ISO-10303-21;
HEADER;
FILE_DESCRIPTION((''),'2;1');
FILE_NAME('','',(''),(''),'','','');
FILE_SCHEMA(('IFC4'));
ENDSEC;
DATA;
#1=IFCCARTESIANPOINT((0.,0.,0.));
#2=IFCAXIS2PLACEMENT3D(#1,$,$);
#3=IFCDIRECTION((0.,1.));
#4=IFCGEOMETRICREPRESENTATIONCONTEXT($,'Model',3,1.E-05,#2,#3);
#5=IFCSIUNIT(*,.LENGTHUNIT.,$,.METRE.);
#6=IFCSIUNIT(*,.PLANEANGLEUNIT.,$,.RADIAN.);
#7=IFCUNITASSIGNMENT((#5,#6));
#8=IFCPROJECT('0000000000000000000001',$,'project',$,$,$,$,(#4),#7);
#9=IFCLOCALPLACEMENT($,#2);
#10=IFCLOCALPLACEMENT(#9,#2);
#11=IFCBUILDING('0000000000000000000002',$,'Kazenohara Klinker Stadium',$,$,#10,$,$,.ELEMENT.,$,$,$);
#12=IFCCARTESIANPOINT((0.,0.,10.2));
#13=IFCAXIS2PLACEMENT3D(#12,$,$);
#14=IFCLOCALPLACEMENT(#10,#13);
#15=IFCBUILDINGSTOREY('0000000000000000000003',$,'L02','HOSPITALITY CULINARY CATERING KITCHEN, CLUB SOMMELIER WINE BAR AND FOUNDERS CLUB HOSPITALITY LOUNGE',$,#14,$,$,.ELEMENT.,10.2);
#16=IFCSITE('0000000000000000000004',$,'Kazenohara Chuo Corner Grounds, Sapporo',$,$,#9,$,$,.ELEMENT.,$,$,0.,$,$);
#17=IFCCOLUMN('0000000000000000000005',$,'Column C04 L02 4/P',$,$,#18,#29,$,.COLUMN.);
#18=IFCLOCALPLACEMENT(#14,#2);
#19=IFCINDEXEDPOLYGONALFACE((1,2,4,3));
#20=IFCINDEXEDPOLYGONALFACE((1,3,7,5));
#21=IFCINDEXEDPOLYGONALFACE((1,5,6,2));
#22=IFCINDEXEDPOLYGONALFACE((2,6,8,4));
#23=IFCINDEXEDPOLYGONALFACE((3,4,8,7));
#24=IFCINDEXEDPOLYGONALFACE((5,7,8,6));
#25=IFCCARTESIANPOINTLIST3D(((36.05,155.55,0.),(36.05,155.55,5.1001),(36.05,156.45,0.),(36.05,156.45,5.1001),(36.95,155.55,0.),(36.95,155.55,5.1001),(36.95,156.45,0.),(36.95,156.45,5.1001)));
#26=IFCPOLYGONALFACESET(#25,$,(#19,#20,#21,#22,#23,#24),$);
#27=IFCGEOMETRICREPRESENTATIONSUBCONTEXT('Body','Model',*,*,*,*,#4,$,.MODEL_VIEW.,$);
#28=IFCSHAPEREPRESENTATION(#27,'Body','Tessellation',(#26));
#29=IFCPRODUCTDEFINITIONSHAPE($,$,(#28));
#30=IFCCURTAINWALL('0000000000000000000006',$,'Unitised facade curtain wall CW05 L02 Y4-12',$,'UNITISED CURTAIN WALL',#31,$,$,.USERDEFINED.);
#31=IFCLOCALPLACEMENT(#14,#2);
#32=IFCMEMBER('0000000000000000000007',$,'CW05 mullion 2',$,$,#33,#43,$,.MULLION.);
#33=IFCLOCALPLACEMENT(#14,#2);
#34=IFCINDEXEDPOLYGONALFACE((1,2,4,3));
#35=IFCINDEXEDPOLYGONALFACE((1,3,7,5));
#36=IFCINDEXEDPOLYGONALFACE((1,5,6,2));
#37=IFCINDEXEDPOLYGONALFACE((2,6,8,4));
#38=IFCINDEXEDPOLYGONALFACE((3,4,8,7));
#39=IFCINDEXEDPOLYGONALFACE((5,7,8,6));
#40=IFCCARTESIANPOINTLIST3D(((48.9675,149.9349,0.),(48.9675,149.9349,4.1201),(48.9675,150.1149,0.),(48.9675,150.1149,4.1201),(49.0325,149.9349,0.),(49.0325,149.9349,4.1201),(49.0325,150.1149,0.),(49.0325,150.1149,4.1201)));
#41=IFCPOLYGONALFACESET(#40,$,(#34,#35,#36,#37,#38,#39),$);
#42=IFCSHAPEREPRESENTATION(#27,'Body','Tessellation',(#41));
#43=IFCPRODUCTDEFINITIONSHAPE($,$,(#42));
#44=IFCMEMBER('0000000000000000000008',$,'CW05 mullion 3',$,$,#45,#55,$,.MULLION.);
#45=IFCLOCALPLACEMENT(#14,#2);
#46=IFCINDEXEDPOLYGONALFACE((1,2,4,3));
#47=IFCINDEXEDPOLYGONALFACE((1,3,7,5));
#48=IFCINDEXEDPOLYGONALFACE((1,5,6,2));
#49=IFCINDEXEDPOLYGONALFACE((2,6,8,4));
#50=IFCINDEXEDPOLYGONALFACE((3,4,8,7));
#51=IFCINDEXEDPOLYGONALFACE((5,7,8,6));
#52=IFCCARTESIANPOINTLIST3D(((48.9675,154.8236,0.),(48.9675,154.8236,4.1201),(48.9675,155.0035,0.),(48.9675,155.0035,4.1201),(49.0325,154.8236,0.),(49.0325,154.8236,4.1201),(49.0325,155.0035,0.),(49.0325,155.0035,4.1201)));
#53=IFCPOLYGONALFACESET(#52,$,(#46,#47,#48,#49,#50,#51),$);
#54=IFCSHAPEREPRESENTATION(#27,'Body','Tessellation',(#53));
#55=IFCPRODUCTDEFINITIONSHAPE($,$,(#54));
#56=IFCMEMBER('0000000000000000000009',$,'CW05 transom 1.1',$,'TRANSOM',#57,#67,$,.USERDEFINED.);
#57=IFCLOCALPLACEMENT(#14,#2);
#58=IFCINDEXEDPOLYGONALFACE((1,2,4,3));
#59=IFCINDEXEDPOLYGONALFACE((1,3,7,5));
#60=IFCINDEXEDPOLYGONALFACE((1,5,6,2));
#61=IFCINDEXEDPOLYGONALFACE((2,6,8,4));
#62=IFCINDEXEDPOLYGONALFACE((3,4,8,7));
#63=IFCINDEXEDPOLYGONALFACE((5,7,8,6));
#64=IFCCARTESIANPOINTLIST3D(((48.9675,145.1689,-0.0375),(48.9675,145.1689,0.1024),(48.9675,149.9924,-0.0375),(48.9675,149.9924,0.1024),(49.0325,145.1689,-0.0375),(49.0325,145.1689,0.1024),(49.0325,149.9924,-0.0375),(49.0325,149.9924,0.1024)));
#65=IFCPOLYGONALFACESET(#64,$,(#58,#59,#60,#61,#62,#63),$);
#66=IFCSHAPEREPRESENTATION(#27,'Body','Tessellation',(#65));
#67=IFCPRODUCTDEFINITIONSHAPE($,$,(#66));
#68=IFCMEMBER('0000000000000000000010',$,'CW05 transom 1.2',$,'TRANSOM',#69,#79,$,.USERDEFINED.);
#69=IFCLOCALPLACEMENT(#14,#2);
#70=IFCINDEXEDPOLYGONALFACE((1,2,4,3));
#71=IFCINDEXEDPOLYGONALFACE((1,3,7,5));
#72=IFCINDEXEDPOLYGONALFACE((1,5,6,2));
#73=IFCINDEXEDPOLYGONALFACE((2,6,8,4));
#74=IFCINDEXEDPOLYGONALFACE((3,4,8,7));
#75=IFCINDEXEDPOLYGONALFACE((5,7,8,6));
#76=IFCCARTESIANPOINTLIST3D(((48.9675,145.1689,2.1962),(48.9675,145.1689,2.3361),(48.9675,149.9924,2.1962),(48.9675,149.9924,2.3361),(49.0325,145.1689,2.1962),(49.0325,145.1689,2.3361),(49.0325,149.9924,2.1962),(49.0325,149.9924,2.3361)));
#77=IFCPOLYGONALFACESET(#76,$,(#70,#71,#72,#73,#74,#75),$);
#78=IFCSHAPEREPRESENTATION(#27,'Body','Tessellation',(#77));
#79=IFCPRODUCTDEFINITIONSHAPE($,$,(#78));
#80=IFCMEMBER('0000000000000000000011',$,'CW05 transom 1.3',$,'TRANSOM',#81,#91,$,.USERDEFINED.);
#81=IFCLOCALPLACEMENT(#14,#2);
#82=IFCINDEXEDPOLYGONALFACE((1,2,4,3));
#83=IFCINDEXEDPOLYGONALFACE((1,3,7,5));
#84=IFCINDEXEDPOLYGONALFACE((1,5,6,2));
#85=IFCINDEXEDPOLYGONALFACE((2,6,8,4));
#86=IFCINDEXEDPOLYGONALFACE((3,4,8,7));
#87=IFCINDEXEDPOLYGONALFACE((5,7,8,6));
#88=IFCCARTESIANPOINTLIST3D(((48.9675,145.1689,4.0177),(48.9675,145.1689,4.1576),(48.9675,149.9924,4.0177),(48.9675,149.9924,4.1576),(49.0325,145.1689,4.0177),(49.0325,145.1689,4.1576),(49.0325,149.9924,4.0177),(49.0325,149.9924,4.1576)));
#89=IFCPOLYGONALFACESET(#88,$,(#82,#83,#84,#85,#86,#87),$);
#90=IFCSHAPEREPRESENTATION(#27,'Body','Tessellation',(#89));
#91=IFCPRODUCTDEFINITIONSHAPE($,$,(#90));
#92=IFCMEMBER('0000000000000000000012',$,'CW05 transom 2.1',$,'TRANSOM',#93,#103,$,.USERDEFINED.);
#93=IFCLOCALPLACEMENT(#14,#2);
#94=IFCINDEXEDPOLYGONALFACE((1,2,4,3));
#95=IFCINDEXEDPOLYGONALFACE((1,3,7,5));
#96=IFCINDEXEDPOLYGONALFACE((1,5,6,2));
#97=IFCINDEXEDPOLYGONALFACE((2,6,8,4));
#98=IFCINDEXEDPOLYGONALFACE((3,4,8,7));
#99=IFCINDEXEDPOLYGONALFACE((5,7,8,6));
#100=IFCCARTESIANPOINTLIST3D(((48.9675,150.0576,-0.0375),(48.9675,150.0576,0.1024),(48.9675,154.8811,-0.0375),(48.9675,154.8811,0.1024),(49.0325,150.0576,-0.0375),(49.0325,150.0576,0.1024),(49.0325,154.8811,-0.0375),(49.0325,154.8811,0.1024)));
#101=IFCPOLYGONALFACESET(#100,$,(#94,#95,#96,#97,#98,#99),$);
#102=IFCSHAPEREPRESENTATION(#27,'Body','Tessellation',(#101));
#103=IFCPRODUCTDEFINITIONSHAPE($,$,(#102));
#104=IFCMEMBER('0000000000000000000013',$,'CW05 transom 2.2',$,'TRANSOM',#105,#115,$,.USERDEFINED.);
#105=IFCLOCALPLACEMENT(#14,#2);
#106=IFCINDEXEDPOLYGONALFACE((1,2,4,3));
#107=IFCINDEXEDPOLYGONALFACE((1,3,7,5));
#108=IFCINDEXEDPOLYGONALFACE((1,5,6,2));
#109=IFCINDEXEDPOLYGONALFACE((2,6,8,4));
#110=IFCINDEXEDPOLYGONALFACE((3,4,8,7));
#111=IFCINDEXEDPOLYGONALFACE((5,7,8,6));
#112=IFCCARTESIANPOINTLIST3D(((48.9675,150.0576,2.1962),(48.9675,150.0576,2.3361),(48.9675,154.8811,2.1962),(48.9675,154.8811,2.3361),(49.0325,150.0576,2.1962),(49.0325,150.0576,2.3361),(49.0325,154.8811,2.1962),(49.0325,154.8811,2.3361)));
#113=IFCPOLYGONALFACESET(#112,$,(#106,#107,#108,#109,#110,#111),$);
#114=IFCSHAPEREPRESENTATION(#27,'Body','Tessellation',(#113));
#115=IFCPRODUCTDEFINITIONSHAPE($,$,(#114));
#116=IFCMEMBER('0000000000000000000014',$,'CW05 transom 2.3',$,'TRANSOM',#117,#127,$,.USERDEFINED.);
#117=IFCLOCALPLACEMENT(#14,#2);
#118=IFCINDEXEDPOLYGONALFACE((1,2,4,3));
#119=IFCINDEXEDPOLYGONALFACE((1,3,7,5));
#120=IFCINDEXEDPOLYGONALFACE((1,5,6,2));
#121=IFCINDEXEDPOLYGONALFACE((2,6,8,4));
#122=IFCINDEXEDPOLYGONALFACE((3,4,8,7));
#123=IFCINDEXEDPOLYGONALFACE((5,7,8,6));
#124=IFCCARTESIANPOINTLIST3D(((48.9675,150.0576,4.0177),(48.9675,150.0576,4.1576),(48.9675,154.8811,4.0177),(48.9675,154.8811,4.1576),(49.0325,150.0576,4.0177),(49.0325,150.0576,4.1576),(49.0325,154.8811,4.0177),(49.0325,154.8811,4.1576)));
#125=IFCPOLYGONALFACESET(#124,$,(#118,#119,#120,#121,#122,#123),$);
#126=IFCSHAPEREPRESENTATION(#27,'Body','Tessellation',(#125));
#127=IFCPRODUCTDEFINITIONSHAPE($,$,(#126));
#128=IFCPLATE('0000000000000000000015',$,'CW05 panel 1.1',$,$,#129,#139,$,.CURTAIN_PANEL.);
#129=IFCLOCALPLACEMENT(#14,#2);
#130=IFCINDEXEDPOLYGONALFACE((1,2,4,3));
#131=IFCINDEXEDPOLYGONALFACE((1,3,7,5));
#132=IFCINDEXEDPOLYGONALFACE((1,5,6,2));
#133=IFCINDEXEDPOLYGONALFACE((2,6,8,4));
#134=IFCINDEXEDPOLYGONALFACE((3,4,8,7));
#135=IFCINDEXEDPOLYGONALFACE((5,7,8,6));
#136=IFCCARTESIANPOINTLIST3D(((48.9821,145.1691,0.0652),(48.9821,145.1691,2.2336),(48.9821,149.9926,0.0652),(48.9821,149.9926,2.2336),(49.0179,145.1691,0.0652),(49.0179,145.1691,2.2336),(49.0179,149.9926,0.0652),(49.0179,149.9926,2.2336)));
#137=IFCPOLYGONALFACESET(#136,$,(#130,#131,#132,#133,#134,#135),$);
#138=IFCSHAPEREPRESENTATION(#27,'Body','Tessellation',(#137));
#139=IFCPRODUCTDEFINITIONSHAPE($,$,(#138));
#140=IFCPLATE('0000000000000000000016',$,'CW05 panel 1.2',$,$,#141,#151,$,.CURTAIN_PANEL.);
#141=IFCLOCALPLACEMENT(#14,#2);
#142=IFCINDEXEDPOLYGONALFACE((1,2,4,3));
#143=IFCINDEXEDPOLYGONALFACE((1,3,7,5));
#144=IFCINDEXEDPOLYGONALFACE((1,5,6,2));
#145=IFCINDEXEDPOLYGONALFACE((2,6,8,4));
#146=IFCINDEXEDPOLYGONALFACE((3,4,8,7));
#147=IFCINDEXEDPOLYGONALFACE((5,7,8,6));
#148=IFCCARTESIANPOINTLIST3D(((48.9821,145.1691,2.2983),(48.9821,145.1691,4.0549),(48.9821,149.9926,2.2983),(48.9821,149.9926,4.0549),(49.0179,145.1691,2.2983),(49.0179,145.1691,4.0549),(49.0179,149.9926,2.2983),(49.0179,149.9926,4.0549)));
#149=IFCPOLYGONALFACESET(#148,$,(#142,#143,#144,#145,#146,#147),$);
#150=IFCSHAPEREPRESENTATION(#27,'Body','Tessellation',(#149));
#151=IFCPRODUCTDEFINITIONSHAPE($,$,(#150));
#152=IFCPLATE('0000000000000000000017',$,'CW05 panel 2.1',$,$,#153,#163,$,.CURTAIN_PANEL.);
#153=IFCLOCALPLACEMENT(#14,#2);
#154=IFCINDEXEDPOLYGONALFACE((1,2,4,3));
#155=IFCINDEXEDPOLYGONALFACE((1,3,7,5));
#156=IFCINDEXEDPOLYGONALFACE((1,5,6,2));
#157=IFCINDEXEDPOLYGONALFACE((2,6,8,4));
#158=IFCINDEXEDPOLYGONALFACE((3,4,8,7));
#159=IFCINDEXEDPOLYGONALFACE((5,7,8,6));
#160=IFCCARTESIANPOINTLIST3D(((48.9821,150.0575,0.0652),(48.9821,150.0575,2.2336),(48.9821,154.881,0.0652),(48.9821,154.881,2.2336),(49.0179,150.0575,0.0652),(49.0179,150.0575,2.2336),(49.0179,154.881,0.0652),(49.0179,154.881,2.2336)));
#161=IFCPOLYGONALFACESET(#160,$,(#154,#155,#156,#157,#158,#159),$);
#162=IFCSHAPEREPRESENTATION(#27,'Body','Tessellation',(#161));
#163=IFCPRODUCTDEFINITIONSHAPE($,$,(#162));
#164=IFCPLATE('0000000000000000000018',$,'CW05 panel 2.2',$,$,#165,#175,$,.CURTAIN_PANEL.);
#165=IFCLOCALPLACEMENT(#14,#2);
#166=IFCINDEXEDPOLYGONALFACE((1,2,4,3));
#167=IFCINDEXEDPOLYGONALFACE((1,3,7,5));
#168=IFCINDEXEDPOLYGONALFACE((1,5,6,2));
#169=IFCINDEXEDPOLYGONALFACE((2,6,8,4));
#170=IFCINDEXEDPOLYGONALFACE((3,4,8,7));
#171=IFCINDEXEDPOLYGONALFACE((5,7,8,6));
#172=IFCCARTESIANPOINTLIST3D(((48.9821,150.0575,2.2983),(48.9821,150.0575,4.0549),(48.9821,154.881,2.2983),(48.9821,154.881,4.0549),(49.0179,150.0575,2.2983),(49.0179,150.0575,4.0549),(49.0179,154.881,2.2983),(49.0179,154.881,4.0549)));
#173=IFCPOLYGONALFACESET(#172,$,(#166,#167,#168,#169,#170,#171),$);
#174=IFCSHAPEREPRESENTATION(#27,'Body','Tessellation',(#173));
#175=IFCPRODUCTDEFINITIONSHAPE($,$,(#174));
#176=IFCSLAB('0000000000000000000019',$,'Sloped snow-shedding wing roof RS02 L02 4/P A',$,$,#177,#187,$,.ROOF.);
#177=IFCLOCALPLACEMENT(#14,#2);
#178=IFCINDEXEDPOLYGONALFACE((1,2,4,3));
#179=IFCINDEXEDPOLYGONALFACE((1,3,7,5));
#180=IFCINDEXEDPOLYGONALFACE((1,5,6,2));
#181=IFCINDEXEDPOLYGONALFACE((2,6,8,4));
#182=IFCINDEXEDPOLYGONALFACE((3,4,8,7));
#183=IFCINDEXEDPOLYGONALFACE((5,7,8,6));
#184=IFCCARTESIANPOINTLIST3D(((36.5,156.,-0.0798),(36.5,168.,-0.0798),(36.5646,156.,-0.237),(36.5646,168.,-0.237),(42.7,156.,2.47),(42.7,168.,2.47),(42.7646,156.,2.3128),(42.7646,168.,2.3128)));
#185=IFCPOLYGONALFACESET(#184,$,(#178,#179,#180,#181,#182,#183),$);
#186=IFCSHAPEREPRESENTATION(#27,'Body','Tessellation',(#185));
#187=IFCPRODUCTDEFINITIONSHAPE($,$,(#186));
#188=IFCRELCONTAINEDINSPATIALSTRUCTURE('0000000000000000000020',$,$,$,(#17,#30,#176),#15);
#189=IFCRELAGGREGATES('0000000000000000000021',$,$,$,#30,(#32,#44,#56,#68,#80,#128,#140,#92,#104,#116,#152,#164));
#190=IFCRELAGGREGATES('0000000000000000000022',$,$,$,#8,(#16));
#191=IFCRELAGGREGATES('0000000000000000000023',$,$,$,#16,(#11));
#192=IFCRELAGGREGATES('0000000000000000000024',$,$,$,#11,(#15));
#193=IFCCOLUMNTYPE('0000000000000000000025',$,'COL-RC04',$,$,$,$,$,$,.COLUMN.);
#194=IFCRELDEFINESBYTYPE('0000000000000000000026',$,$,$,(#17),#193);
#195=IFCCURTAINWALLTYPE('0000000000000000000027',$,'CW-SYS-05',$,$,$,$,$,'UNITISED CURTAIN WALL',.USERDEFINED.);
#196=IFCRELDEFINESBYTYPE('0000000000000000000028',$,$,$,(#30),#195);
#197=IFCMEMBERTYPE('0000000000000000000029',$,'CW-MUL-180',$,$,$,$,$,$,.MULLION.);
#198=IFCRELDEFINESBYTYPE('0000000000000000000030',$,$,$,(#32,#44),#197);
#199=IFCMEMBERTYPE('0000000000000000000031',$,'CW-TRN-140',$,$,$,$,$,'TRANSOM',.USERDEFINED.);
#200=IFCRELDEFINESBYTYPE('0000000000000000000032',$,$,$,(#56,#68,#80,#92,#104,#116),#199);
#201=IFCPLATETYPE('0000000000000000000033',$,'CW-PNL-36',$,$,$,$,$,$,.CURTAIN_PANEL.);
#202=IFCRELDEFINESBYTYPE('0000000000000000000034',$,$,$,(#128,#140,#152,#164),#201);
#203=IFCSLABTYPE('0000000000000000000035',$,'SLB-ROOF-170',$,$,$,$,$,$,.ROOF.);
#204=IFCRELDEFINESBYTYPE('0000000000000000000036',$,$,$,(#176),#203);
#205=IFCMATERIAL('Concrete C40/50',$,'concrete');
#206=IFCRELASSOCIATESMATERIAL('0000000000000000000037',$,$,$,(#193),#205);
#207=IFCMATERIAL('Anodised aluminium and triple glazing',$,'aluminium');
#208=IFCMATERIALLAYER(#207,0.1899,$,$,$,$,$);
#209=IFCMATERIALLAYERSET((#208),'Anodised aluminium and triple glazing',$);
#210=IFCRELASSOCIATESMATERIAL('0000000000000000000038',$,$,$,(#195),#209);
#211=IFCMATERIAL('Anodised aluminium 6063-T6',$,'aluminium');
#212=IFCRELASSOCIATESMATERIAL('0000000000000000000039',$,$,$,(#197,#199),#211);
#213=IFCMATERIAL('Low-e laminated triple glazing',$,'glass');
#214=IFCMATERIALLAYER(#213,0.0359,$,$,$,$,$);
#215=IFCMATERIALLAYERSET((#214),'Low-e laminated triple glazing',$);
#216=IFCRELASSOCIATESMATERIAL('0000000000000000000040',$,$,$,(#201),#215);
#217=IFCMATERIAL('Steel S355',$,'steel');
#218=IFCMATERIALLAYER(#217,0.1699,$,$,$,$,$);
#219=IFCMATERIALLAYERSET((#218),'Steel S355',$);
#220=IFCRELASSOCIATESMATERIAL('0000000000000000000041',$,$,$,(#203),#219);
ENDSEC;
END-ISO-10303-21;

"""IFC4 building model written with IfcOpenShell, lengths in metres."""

from ifc_helpers import new_model, si_unit, direction, frame, origin, origin_2d, place, context, subcontext, project, spatial, polyline, rectangle, outline, extrude, material, layer, layer_set, material_profile, profile_set, type_object, element, aggregate, save


model = new_model("IFC4")

# Units and contexts
model_context = context("Model", 3, precision=1e-05, world=origin(), true_north=direction((0.0, 1.0)))
body_context = subcontext(model_context, "Body", "Model", "MODEL_VIEW")
ifc_project = project(units=[si_unit("LENGTHUNIT", "METRE"), si_unit("PLANEANGLEUNIT", "RADIAN")], contexts=[model_context])

# Site, building, storey
site_placement = place(None, origin())
site = spatial("IfcSite", under=ifc_project, at=site_placement, Name="Kazenohara Chuo Corner Grounds, Sapporo", CompositionType="ELEMENT", RefElevation=0.0)
building_placement = place(site_placement, origin())
building = spatial("IfcBuilding", under=site, at=building_placement, Name="Kazenohara Klinker Stadium", CompositionType="ELEMENT")
storey_placement = place(building_placement, frame((0.0, 0.0, 10.2)))
storey = spatial("IfcBuildingStorey", under=building, at=storey_placement, Name="L02", Description="HOSPITALITY CULINARY CATERING KITCHEN, CLUB SOMMELIER WINE BAR AND FOUNDERS CLUB HOSPITALITY LOUNGE", CompositionType="ELEMENT", Elevation=10.2)

# Column
ifc_material_1 = material(Name="Concrete C40/50", Category="concrete")
ifc_material_profile_1 = material_profile(ifc_material_1, rectangle(XDim=0.8999, YDim=0.8999, at=origin_2d()), Name="RC-COL-900x900")
ifc_profile_set_1 = profile_set([ifc_material_profile_1], Name="Concrete C40/50")
column_type = type_object("IfcColumnType", Name="COL-RC04", PredefinedType="COLUMN", material=ifc_profile_set_1)
column_placement = place(storey_placement, frame((36.5, 156.0, 0.0), z_axis=(0.0, 0.0, 1.0), x_axis=(1.0, 0.0, 0.0)))
element("IfcColumn", 1, at=column_placement, inside=storey, type_object=column_type, Name="Column C04 L02 4/P", PredefinedType="COLUMN", context=body_context, shape_type="SweptSolid", body=[
    extrude(rectangle(XDim=0.8999, YDim=0.8999, at=origin_2d()), origin(), (0.0, 0.0, 1.0), 5.1001),
])

# Curtain wall, members, plates
ifc_material_2 = material(Name="Anodised aluminium and triple glazing", Category="aluminium")
ifc_layer_1 = layer(ifc_material_2, 0.1899)
ifc_layer_set_1 = layer_set([ifc_layer_1], Name="Anodised aluminium and triple glazing")
curtain_wall_type = type_object("IfcCurtainWallType", Name="CW-SYS-05", ElementType="UNITISED CURTAIN WALL", PredefinedType="USERDEFINED", material=ifc_layer_set_1)
curtain_wall_placement = place(storey_placement, origin())
curtain_wall = element("IfcCurtainWall", 2, at=curtain_wall_placement, inside=storey, type_object=curtain_wall_type, Name="Unitised facade curtain wall CW05 L02 Y4-12", ObjectType="UNITISED CURTAIN WALL", PredefinedType="USERDEFINED")
ifc_material_3 = material(Name="Anodised aluminium 6063-T6", Category="aluminium")
ifc_material_profile_2 = material_profile(ifc_material_3, rectangle(XDim=0.0649, YDim=0.1799, at=origin_2d()), Name="ALU-MUL-65x180")
ifc_profile_set_2 = profile_set([ifc_material_profile_2], Name="Anodised aluminium 6063-T6")
member_type_1 = type_object("IfcMemberType", Name="CW-MUL-180", PredefinedType="MULLION", material=ifc_profile_set_2)
member_1_placement = place(storey_placement, frame((49.0, 150.0249, 0.0), z_axis=(0.0, 0.0, 1.0), x_axis=(-1.0, 0.0, 0.0)))
member_1 = element("IfcMember", 3, at=member_1_placement, type_object=member_type_1, Name="CW05 mullion 2", PredefinedType="MULLION", context=body_context, shape_type="SweptSolid", body=[
    extrude(rectangle(XDim=0.0649, YDim=0.1799, at=origin_2d()), origin(), (0.0, 0.0, 1.0), 4.1201),
])
member_2_placement = place(storey_placement, frame((49.0, 154.9136, 0.0), z_axis=(0.0, 0.0, 1.0), x_axis=(-1.0, 0.0, 0.0)))
member_2 = element("IfcMember", 4, at=member_2_placement, type_object=member_type_1, Name="CW05 mullion 3", PredefinedType="MULLION", context=body_context, shape_type="SweptSolid", body=[
    extrude(rectangle(XDim=0.0649, YDim=0.1799, at=origin_2d()), origin(), (0.0, 0.0, 1.0), 4.1201),
])
ifc_material_profile_3 = material_profile(ifc_material_3, rectangle(XDim=0.0649, YDim=0.1399, at=origin_2d()), Name="ALU-TRN-65x140")
ifc_profile_set_3 = profile_set([ifc_material_profile_3], Name="Anodised aluminium 6063-T6")
member_type_2 = type_object("IfcMemberType", Name="CW-TRN-140", ElementType="TRANSOM", PredefinedType="USERDEFINED", material=ifc_profile_set_3)
member_3_placement = place(storey_placement, frame((49.0, 145.1689, 0.0325), z_axis=(0.0, 1.0, 0.0), x_axis=(-1.0, 0.0, 0.0)))
member_3 = element("IfcMember", 5, at=member_3_placement, type_object=member_type_2, Name="CW05 transom 1.1", ObjectType="TRANSOM", PredefinedType="USERDEFINED", context=body_context, shape_type="SweptSolid", body=[
    extrude(rectangle(XDim=0.0649, YDim=0.1399, at=origin_2d()), origin(), (0.0, 0.0, 1.0), 4.8235),
])
member_4_placement = place(storey_placement, frame((49.0, 145.1689, 2.2661), z_axis=(0.0, 1.0, 0.0), x_axis=(-1.0, 0.0, 0.0)))
member_4 = element("IfcMember", 6, at=member_4_placement, type_object=member_type_2, Name="CW05 transom 1.2", ObjectType="TRANSOM", PredefinedType="USERDEFINED", context=body_context, shape_type="SweptSolid", body=[
    extrude(rectangle(XDim=0.0649, YDim=0.1399, at=origin_2d()), origin(), (0.0, 0.0, 1.0), 4.8235),
])
member_5_placement = place(storey_placement, frame((49.0, 145.1689, 4.0876), z_axis=(0.0, 1.0, 0.0), x_axis=(-1.0, 0.0, 0.0)))
member_5 = element("IfcMember", 7, at=member_5_placement, type_object=member_type_2, Name="CW05 transom 1.3", ObjectType="TRANSOM", PredefinedType="USERDEFINED", context=body_context, shape_type="SweptSolid", body=[
    extrude(rectangle(XDim=0.0649, YDim=0.1399, at=origin_2d()), origin(), (0.0, 0.0, 1.0), 4.8235),
])
member_6_placement = place(storey_placement, frame((49.0, 150.0576, 0.0325), z_axis=(0.0, 1.0, 0.0), x_axis=(-1.0, 0.0, 0.0)))
member_6 = element("IfcMember", 8, at=member_6_placement, type_object=member_type_2, Name="CW05 transom 2.1", ObjectType="TRANSOM", PredefinedType="USERDEFINED", context=body_context, shape_type="SweptSolid", body=[
    extrude(rectangle(XDim=0.0649, YDim=0.1399, at=origin_2d()), origin(), (0.0, 0.0, 1.0), 4.8235),
])
member_7_placement = place(storey_placement, frame((49.0, 150.0576, 2.2661), z_axis=(0.0, 1.0, 0.0), x_axis=(-1.0, 0.0, 0.0)))
member_7 = element("IfcMember", 9, at=member_7_placement, type_object=member_type_2, Name="CW05 transom 2.2", ObjectType="TRANSOM", PredefinedType="USERDEFINED", context=body_context, shape_type="SweptSolid", body=[
    extrude(rectangle(XDim=0.0649, YDim=0.1399, at=origin_2d()), origin(), (0.0, 0.0, 1.0), 4.8235),
])
member_8_placement = place(storey_placement, frame((49.0, 150.0576, 4.0876), z_axis=(0.0, 1.0, 0.0), x_axis=(-1.0, 0.0, 0.0)))
member_8 = element("IfcMember", 10, at=member_8_placement, type_object=member_type_2, Name="CW05 transom 2.3", ObjectType="TRANSOM", PredefinedType="USERDEFINED", context=body_context, shape_type="SweptSolid", body=[
    extrude(rectangle(XDim=0.0649, YDim=0.1399, at=origin_2d()), origin(), (0.0, 0.0, 1.0), 4.8235),
])
ifc_material_4 = material(Name="Low-e laminated triple glazing", Category="glass")
ifc_layer_2 = layer(ifc_material_4, 0.0359)
ifc_layer_set_2 = layer_set([ifc_layer_2], Name="Low-e laminated triple glazing")
plate_type = type_object("IfcPlateType", Name="CW-PNL-36", PredefinedType="CURTAIN_PANEL", material=ifc_layer_set_2)
plate_1_placement = place(storey_placement, frame((49.0, 147.5808, 0.0652), z_axis=(0.0, 0.0, 1.0), x_axis=(0.0, 1.0, 0.0)))
plate_1 = element("IfcPlate", 11, at=plate_1_placement, type_object=plate_type, Name="CW05 panel 1.1", PredefinedType="CURTAIN_PANEL", context=body_context, shape_type="SweptSolid", body=[
    extrude(rectangle(XDim=4.8235, YDim=0.0359, at=origin_2d()), origin(), (0.0, 0.0, 1.0), 2.1685),
])
plate_2_placement = place(storey_placement, frame((49.0, 147.5808, 2.2983), z_axis=(0.0, 0.0, 1.0), x_axis=(0.0, 1.0, 0.0)))
plate_2 = element("IfcPlate", 12, at=plate_2_placement, type_object=plate_type, Name="CW05 panel 1.2", PredefinedType="CURTAIN_PANEL", context=body_context, shape_type="SweptSolid", body=[
    extrude(rectangle(XDim=4.8235, YDim=0.0359, at=origin_2d()), origin(), (0.0, 0.0, 1.0), 1.7566),
])
plate_3_placement = place(storey_placement, frame((49.0, 152.4692, 0.0652), z_axis=(0.0, 0.0, 1.0), x_axis=(0.0, 1.0, 0.0)))
plate_3 = element("IfcPlate", 13, at=plate_3_placement, type_object=plate_type, Name="CW05 panel 2.1", PredefinedType="CURTAIN_PANEL", context=body_context, shape_type="SweptSolid", body=[
    extrude(rectangle(XDim=4.8235, YDim=0.0359, at=origin_2d()), origin(), (0.0, 0.0, 1.0), 2.1685),
])
plate_4_placement = place(storey_placement, frame((49.0, 152.4692, 2.2983), z_axis=(0.0, 0.0, 1.0), x_axis=(0.0, 1.0, 0.0)))
plate_4 = element("IfcPlate", 14, at=plate_4_placement, type_object=plate_type, Name="CW05 panel 2.2", PredefinedType="CURTAIN_PANEL", context=body_context, shape_type="SweptSolid", body=[
    extrude(rectangle(XDim=4.8235, YDim=0.0359, at=origin_2d()), origin(), (0.0, 0.0, 1.0), 1.7566),
])
aggregate(curtain_wall, [member_1, member_2, member_3, member_4, member_5, plate_1, plate_2, member_6, member_7, member_8, plate_3, plate_4])

# Slab
ifc_material_5 = material(Name="Steel S355", Category="steel")
ifc_layer_3 = layer(ifc_material_5, 0.1699)
ifc_layer_set_3 = layer_set([ifc_layer_3], Name="Steel S355")
slab_type = type_object("IfcSlabType", Name="SLB-ROOF-170", PredefinedType="ROOF", material=ifc_layer_set_3)
slab_placement = place(storey_placement, frame((36.5, 156.0, -0.0798), z_axis=(-0.380352, 0.0, 0.924842), x_axis=(0.924842, 0.0, 0.380352)))
element("IfcSlab", 15, at=slab_placement, inside=storey, type_object=slab_type, Name="Sloped snow-shedding wing roof RS02 L02 4/P A", PredefinedType="ROOF", context=body_context, shape_type="SweptSolid", body=[
    extrude(outline(polyline([(0.0, 0.0), (6.7038, 0.0), (6.7038, 12.0), (0.0, 12.0), (0.0, 0.0)])), origin(), (0.0, 0.0, -1.0), 0.1699),
])

save(model, "model.ifc")
